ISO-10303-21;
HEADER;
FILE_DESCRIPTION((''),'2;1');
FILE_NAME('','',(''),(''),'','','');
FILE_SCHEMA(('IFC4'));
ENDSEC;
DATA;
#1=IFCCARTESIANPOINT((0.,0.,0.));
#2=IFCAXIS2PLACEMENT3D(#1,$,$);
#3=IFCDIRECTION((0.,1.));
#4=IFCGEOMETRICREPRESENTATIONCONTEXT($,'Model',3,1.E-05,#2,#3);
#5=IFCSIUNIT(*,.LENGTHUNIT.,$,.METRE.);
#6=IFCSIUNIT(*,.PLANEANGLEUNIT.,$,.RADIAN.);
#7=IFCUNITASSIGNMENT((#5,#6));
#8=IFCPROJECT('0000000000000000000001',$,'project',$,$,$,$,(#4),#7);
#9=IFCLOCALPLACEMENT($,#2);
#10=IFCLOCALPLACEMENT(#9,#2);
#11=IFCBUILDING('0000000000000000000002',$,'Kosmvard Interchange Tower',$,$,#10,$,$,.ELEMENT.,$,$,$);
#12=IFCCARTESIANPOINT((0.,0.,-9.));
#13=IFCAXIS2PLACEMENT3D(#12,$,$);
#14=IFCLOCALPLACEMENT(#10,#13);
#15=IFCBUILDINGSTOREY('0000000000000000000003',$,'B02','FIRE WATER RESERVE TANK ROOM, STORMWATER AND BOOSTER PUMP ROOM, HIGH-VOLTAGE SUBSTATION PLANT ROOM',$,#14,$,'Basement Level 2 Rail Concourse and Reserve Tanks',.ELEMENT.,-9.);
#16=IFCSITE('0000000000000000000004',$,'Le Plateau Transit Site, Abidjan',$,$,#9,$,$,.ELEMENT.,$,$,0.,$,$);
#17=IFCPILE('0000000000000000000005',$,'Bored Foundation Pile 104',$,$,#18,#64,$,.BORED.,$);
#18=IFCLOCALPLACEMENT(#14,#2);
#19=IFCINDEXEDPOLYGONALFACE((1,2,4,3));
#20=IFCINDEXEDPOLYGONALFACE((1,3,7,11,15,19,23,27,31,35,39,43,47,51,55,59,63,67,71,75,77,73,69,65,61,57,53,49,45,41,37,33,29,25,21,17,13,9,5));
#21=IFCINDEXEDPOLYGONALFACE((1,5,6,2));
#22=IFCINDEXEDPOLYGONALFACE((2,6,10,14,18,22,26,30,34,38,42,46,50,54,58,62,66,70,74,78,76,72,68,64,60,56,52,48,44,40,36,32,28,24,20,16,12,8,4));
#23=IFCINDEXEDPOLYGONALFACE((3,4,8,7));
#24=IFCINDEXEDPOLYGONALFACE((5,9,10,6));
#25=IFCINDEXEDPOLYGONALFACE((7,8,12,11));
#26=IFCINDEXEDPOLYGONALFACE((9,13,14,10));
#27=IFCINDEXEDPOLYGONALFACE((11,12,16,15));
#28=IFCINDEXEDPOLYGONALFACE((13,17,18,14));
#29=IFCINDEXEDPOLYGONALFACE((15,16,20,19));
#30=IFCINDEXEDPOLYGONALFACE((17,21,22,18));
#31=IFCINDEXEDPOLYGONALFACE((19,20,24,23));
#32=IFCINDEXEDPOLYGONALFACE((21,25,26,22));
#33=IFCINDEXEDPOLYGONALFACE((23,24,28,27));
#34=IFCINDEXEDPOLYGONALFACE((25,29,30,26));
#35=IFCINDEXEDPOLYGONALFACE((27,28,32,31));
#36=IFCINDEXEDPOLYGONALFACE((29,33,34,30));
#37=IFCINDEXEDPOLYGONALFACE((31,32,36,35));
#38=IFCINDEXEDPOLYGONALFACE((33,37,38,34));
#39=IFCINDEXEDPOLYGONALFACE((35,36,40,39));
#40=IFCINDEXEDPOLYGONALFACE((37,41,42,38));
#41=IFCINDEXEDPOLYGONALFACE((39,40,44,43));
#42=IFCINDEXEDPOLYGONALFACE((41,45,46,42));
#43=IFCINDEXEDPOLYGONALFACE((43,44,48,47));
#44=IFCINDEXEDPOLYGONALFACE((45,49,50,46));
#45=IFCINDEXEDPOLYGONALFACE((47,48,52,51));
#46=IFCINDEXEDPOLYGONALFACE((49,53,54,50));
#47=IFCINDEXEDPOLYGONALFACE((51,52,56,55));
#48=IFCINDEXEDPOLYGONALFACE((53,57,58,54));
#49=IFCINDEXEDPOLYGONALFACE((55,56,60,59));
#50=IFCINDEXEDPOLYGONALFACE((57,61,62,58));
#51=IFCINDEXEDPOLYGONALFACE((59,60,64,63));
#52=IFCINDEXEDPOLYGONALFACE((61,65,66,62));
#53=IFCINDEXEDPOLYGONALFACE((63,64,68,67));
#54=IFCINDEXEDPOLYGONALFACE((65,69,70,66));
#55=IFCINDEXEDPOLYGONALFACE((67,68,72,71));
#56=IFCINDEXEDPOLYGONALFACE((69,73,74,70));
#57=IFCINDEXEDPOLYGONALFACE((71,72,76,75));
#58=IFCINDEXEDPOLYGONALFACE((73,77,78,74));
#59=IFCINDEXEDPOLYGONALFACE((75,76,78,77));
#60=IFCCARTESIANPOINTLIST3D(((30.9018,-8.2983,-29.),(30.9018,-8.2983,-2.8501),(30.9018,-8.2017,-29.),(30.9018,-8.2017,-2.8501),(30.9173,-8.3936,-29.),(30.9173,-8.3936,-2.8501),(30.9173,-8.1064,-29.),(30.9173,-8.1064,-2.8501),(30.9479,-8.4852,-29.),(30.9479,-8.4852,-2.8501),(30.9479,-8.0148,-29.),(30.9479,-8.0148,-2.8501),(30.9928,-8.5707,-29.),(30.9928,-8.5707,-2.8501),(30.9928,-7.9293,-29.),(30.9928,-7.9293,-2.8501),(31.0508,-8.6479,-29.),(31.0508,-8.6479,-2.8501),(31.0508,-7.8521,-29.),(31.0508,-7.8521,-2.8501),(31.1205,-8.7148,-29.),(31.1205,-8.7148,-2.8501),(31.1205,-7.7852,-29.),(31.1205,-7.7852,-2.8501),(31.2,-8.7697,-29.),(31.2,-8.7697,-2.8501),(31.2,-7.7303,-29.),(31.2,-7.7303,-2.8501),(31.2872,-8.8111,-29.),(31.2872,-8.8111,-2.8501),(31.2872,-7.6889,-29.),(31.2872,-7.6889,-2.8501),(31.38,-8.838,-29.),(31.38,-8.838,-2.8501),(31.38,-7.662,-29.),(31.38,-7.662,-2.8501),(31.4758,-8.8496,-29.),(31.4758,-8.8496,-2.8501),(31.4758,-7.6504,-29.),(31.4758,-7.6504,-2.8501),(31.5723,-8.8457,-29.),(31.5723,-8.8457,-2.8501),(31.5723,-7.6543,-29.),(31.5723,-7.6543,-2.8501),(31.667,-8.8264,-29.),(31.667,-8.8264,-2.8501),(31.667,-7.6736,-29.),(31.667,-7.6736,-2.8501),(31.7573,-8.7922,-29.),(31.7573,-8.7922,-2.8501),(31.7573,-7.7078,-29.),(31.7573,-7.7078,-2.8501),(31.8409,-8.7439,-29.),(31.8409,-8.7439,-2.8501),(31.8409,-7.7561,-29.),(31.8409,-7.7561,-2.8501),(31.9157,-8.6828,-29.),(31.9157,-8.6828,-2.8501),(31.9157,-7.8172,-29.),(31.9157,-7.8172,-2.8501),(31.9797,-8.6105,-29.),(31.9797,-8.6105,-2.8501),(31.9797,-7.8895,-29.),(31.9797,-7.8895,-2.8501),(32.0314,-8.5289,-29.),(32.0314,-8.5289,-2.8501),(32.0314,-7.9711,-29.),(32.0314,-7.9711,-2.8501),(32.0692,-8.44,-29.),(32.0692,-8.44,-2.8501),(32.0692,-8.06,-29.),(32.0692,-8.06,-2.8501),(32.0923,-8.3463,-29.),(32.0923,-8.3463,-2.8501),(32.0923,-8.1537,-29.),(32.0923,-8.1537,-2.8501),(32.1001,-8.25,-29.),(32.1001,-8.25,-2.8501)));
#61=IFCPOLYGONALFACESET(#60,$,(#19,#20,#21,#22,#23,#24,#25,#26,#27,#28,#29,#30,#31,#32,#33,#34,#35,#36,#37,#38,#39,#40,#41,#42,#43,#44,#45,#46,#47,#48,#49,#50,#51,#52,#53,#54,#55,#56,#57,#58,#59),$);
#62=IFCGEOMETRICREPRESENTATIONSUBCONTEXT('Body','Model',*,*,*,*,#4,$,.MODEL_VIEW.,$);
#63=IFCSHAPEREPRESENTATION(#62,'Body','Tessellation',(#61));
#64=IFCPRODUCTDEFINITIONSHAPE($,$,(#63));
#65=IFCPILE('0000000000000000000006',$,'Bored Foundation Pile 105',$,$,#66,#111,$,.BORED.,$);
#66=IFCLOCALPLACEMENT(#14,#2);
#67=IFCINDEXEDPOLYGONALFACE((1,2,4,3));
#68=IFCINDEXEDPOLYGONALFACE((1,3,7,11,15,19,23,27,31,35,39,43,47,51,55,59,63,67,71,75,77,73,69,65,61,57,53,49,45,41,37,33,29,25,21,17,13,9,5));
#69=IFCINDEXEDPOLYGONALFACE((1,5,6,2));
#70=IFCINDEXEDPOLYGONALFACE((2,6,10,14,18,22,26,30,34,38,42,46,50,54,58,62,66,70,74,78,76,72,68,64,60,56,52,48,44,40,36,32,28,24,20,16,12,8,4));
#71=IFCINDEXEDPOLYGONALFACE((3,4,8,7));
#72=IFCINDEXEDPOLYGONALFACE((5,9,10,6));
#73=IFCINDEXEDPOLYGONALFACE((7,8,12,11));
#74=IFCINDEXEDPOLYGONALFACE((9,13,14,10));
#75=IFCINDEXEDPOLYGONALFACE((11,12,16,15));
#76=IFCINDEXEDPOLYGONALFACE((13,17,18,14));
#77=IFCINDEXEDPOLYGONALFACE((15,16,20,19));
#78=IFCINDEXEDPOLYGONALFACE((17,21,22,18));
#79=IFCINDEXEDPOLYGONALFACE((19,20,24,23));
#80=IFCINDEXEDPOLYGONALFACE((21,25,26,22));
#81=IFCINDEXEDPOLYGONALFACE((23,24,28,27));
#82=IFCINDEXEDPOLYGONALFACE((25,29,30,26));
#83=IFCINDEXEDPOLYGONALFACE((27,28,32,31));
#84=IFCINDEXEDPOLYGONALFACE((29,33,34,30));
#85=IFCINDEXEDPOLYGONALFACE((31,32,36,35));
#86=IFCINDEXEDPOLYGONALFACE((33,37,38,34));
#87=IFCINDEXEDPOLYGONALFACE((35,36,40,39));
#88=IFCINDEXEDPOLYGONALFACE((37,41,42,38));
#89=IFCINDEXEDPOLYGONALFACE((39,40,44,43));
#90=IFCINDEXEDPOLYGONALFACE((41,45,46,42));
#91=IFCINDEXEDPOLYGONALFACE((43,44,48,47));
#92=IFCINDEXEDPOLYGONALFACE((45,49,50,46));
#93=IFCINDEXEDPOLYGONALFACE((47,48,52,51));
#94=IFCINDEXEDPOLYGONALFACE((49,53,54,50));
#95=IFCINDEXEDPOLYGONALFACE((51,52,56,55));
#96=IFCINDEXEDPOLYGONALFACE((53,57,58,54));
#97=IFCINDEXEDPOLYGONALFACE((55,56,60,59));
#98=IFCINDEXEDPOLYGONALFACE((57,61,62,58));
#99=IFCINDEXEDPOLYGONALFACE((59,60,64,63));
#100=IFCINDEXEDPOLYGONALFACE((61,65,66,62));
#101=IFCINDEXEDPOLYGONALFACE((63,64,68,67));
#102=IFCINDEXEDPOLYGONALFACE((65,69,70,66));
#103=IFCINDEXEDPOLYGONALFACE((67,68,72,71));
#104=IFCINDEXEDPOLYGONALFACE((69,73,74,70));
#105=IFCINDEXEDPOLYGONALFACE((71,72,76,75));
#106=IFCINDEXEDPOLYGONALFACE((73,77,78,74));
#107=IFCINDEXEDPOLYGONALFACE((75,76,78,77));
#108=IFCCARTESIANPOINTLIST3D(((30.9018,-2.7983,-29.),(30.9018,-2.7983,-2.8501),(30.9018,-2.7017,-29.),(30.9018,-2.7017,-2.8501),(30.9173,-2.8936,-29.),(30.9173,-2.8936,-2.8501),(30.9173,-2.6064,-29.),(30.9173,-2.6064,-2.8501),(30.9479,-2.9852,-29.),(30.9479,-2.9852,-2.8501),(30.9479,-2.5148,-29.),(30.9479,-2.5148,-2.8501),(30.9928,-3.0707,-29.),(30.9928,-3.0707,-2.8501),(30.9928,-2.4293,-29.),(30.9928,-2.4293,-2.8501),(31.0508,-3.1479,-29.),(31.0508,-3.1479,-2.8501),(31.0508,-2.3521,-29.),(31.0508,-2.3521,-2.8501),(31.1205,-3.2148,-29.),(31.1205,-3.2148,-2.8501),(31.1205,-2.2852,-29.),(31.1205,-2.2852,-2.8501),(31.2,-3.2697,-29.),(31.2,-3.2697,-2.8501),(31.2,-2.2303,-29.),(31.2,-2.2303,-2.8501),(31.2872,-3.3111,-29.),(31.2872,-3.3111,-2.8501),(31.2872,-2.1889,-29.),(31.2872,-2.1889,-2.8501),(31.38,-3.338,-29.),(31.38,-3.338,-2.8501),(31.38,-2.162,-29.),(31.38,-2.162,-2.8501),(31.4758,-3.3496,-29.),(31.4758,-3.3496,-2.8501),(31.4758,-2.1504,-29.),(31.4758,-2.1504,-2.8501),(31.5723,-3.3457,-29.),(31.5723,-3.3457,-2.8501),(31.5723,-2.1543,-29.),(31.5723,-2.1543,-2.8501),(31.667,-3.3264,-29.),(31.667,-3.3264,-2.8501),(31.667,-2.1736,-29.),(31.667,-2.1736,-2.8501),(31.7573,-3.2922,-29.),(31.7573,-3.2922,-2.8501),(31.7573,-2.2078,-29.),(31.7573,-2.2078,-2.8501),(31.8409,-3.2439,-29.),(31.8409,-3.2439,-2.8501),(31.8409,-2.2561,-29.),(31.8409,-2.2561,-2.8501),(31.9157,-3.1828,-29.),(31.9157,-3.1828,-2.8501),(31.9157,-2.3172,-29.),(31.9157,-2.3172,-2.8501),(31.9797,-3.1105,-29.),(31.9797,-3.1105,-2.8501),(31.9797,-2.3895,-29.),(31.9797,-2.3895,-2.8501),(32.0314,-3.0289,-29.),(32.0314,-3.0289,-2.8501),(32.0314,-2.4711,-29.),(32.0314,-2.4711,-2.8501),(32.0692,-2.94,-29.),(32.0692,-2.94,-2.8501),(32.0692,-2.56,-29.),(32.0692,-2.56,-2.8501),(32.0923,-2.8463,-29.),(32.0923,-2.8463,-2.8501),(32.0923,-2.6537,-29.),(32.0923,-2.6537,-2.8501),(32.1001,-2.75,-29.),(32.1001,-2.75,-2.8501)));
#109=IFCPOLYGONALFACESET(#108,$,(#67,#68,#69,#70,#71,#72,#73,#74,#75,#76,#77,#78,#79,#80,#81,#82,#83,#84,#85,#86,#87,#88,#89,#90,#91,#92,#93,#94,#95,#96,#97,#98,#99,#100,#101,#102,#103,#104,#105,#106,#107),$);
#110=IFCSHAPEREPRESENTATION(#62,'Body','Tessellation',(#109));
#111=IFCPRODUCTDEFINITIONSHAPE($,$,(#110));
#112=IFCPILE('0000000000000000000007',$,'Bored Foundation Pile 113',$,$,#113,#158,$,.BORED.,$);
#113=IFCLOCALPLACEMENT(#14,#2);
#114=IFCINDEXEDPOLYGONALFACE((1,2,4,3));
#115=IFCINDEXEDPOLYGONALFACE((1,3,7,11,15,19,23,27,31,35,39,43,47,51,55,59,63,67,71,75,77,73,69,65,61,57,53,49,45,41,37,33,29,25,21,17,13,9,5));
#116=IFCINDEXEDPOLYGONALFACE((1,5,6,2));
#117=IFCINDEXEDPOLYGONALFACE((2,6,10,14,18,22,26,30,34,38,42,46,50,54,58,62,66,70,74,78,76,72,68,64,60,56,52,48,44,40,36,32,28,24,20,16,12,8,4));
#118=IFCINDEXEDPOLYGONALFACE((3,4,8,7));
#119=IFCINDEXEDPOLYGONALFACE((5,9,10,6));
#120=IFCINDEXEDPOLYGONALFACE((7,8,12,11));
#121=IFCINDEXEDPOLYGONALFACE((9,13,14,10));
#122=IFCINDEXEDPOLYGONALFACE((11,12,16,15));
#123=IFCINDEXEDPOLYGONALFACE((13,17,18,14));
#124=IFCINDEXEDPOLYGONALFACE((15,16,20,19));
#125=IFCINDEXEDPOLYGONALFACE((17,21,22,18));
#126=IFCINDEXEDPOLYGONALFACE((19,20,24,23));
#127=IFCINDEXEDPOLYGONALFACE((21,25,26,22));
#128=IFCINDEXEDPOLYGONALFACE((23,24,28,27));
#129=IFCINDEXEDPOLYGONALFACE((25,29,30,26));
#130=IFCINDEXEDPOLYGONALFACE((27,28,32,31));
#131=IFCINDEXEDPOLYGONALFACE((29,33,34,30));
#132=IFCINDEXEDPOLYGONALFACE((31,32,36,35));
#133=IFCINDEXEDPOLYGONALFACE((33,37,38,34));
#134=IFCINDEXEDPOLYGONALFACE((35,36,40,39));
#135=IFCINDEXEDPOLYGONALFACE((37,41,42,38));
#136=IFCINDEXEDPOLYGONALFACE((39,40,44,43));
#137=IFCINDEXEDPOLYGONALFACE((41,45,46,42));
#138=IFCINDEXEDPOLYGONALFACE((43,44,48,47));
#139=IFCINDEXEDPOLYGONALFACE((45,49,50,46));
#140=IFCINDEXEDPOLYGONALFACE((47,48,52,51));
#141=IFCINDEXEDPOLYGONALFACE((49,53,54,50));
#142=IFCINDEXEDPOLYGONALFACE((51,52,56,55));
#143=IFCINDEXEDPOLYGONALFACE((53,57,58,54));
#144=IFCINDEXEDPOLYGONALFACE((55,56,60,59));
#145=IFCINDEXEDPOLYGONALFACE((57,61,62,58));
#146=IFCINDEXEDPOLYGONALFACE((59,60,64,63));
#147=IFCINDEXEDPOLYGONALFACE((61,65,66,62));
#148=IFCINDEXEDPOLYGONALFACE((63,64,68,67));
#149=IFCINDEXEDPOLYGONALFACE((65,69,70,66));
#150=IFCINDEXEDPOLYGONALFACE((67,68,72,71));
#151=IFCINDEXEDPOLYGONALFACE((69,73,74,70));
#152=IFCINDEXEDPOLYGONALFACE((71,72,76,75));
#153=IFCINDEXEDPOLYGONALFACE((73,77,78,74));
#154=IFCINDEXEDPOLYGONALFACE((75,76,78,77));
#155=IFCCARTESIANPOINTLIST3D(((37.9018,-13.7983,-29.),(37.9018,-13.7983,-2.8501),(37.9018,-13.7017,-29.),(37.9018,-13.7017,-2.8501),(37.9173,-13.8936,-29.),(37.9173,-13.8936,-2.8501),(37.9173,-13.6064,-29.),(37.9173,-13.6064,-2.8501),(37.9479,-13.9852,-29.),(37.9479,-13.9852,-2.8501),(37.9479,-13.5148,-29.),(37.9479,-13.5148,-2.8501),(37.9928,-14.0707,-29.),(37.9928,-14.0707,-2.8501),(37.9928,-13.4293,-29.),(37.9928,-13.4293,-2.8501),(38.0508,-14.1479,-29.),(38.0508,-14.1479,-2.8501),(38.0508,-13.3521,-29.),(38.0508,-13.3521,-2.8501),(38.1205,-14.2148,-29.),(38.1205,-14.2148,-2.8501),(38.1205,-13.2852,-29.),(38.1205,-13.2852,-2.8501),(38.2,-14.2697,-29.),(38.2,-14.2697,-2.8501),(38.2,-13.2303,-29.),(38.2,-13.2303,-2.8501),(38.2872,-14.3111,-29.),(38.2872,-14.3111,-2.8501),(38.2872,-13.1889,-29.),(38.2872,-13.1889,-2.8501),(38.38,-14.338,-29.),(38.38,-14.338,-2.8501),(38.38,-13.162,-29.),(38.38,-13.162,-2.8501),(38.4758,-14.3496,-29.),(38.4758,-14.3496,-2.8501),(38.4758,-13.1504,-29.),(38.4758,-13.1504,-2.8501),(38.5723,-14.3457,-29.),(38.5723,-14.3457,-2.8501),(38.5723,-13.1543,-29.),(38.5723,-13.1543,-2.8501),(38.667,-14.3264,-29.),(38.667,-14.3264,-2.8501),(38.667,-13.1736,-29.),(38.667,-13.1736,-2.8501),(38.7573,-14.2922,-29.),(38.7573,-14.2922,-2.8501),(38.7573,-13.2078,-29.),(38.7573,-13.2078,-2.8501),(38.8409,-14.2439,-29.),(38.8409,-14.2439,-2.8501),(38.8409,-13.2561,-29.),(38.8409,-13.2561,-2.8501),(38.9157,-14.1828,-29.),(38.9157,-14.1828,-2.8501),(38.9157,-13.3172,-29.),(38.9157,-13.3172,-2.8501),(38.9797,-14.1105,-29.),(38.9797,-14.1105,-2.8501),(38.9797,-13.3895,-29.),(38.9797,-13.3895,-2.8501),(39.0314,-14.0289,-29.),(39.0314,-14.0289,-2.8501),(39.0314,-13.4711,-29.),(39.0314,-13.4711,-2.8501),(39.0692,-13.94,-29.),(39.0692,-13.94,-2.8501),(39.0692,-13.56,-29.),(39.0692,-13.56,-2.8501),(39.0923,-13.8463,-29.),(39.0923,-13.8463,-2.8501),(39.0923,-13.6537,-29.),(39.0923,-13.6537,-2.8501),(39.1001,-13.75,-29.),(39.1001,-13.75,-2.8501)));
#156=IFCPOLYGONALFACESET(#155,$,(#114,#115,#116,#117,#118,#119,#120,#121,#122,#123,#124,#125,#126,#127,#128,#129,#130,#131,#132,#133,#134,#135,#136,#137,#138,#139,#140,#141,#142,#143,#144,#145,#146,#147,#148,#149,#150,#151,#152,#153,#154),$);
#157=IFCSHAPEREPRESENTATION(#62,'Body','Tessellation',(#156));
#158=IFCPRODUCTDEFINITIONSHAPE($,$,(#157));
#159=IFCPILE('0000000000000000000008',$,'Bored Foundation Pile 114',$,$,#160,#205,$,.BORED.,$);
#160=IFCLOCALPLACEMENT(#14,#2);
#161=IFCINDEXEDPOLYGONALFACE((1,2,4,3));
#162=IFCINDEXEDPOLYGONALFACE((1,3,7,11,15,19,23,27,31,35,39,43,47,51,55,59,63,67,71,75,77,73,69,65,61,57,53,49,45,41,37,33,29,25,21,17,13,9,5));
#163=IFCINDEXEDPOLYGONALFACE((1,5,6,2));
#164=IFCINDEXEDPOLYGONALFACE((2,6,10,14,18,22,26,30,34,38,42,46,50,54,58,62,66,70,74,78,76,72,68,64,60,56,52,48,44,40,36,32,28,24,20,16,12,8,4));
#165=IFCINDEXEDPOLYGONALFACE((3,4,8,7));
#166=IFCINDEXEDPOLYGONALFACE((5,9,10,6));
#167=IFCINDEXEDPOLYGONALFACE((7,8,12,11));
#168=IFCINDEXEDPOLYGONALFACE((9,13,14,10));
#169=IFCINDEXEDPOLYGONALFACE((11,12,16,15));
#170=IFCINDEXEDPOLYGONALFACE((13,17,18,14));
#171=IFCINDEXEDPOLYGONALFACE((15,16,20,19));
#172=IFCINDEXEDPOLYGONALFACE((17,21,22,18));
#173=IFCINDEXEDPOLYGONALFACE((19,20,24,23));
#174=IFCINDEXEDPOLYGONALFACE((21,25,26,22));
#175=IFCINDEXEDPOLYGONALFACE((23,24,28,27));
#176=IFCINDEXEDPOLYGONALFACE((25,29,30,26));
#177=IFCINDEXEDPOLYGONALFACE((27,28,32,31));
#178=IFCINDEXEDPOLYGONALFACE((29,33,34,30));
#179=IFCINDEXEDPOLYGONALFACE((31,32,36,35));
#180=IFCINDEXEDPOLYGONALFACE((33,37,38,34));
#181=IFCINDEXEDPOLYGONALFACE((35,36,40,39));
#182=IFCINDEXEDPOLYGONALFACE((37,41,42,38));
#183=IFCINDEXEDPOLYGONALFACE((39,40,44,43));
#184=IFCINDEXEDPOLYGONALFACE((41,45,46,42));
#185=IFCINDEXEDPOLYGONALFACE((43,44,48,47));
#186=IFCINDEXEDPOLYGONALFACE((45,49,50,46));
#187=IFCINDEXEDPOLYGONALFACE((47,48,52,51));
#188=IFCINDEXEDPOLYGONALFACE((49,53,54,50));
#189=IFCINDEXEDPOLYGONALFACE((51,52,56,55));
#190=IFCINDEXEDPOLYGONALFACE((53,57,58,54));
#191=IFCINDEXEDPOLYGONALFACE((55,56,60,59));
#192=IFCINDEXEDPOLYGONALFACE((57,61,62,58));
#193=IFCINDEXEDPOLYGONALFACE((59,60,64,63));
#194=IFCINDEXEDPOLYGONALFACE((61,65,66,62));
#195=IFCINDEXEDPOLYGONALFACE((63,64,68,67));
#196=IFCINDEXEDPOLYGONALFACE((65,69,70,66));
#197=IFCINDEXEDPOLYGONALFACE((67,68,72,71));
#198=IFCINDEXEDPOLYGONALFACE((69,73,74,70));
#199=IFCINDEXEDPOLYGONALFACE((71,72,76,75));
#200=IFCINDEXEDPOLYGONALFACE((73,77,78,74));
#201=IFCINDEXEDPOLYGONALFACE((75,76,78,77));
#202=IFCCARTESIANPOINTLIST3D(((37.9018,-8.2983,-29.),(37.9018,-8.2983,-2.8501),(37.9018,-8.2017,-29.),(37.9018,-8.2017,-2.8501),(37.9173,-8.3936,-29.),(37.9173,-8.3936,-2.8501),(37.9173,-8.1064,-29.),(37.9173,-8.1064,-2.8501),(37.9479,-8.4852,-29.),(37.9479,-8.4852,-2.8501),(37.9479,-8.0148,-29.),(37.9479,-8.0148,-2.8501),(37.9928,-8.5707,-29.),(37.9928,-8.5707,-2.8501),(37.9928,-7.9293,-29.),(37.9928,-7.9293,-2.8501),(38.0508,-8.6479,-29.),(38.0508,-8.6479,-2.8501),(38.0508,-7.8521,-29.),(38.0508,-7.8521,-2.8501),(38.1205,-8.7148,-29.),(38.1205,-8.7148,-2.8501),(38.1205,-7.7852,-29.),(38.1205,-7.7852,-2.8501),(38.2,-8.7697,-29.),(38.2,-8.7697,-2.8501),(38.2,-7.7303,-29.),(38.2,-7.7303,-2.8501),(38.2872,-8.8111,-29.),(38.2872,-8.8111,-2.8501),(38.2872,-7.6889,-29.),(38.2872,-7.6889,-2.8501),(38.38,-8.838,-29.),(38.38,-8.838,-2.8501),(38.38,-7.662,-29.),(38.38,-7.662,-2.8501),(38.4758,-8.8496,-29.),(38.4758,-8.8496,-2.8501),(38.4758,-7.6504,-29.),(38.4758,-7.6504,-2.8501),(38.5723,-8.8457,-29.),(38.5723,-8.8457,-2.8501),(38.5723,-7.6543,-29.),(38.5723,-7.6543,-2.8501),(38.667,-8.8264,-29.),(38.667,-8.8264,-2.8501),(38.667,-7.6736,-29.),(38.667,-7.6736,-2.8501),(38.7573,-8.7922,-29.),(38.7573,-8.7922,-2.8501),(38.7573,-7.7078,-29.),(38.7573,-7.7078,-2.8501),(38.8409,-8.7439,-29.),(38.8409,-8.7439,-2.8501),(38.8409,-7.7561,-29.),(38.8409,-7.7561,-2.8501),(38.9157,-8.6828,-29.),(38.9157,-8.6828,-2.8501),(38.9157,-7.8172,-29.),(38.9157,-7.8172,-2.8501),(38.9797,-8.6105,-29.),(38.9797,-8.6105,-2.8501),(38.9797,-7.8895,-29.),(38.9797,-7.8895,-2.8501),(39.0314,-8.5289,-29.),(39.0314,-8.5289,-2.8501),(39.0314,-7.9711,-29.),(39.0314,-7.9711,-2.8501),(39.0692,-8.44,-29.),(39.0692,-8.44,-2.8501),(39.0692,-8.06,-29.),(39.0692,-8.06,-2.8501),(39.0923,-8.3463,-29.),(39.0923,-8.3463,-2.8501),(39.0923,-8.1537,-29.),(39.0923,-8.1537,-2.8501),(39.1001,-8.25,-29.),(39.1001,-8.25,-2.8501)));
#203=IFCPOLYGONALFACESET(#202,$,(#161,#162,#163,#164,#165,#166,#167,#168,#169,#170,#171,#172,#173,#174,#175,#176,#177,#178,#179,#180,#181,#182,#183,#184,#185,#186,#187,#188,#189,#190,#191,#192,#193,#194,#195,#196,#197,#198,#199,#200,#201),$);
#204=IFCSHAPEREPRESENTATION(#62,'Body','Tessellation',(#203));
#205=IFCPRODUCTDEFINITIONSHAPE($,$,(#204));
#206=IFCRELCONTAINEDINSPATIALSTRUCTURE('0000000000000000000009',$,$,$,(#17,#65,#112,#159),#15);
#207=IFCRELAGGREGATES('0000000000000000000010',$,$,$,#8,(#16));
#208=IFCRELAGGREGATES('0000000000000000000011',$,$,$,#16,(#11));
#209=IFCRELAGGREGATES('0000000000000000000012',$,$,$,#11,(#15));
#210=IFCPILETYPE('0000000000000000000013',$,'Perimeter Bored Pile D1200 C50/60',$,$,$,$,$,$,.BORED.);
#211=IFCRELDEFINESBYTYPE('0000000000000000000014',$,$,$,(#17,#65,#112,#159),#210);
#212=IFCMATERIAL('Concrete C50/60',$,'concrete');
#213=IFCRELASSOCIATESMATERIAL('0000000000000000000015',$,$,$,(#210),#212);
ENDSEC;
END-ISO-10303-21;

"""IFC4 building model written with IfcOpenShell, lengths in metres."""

from ifc_helpers import new_model, si_unit, direction, frame, origin, origin_2d, place, context, subcontext, project, spatial, circle, extrude, source, transform, mapped, material, material_profile, profile_set, type_object, element, save


model = new_model("IFC4")

# Units and contexts
model_context = context("Model", 3, precision=1e-05, world=origin(), true_north=direction((0.0, 1.0)))
body_context = subcontext(model_context, "Body", "Model", "MODEL_VIEW")
ifc_project = project(units=[si_unit("LENGTHUNIT", "METRE"), si_unit("PLANEANGLEUNIT", "RADIAN")], contexts=[model_context])

# Site, building, storey
site_placement = place(None, origin())
site = spatial("IfcSite", under=ifc_project, at=site_placement, Name="Le Plateau Transit Site, Abidjan", CompositionType="ELEMENT", RefElevation=0.0)
building_placement = place(site_placement, origin())
building = spatial("IfcBuilding", under=site, at=building_placement, Name="Kosmvard Interchange Tower", CompositionType="ELEMENT")
storey_placement = place(building_placement, frame((0.0, 0.0, -9.0)))
storey = spatial("IfcBuildingStorey", under=building, at=storey_placement, Name="B02", Description="FIRE WATER RESERVE TANK ROOM, STORMWATER AND BOOSTER PUMP ROOM, HIGH-VOLTAGE SUBSTATION PLANT ROOM", LongName="Basement Level 2 Rail Concourse and Reserve Tanks", CompositionType="ELEMENT", Elevation=-9.0)

# Piles
ifc_material_1 = material(Name="Concrete C50/60", Category="concrete")
ifc_material_profile_1 = material_profile(ifc_material_1, circle(Radius=0.6001, at=origin_2d()), Name="PILE D1200")
ifc_profile_set_1 = profile_set([ifc_material_profile_1], Name="Concrete C50/60")
pile_type = type_object("IfcPileType", Name="Perimeter Bored Pile D1200 C50/60", PredefinedType="BORED", material=ifc_profile_set_1)
shared_shape_1 = source(origin(), body_context, "Body", "SweptSolid", [
    extrude(circle(Radius=0.6001, at=origin_2d()), origin(), (0.0, 0.0, 1.0), 26.1499),
])
for number, where, z_axis, x_axis, name in (
    (1, (31.5, -8.25, -2.8501), (0.0, 0.0, -1.0), (1.0, 0.0, 0.0), "Bored Foundation Pile 104"),
    (2, (31.5, -2.75, -2.8501), (0.0, 0.0, -1.0), (1.0, 0.0, 0.0), "Bored Foundation Pile 105"),
    (3, (38.5, -13.75, -2.8501), (0.0, 0.0, -1.0), (1.0, 0.0, 0.0), "Bored Foundation Pile 113"),
    (4, (38.5, -8.25, -2.8501), (0.0, 0.0, -1.0), (1.0, 0.0, 0.0), "Bored Foundation Pile 114"),
):
    element("IfcPile", number, at=place(storey_placement, frame(where, z_axis=z_axis, x_axis=x_axis)), inside=storey, type_object=pile_type, Name=name, PredefinedType="BORED", context=body_context, shape_type="MappedRepresentation", body=[
        mapped(shared_shape_1, transform((0.0, 0.0, 0.0), scale=1.0)),
    ])

save(model, "model.ifc")
